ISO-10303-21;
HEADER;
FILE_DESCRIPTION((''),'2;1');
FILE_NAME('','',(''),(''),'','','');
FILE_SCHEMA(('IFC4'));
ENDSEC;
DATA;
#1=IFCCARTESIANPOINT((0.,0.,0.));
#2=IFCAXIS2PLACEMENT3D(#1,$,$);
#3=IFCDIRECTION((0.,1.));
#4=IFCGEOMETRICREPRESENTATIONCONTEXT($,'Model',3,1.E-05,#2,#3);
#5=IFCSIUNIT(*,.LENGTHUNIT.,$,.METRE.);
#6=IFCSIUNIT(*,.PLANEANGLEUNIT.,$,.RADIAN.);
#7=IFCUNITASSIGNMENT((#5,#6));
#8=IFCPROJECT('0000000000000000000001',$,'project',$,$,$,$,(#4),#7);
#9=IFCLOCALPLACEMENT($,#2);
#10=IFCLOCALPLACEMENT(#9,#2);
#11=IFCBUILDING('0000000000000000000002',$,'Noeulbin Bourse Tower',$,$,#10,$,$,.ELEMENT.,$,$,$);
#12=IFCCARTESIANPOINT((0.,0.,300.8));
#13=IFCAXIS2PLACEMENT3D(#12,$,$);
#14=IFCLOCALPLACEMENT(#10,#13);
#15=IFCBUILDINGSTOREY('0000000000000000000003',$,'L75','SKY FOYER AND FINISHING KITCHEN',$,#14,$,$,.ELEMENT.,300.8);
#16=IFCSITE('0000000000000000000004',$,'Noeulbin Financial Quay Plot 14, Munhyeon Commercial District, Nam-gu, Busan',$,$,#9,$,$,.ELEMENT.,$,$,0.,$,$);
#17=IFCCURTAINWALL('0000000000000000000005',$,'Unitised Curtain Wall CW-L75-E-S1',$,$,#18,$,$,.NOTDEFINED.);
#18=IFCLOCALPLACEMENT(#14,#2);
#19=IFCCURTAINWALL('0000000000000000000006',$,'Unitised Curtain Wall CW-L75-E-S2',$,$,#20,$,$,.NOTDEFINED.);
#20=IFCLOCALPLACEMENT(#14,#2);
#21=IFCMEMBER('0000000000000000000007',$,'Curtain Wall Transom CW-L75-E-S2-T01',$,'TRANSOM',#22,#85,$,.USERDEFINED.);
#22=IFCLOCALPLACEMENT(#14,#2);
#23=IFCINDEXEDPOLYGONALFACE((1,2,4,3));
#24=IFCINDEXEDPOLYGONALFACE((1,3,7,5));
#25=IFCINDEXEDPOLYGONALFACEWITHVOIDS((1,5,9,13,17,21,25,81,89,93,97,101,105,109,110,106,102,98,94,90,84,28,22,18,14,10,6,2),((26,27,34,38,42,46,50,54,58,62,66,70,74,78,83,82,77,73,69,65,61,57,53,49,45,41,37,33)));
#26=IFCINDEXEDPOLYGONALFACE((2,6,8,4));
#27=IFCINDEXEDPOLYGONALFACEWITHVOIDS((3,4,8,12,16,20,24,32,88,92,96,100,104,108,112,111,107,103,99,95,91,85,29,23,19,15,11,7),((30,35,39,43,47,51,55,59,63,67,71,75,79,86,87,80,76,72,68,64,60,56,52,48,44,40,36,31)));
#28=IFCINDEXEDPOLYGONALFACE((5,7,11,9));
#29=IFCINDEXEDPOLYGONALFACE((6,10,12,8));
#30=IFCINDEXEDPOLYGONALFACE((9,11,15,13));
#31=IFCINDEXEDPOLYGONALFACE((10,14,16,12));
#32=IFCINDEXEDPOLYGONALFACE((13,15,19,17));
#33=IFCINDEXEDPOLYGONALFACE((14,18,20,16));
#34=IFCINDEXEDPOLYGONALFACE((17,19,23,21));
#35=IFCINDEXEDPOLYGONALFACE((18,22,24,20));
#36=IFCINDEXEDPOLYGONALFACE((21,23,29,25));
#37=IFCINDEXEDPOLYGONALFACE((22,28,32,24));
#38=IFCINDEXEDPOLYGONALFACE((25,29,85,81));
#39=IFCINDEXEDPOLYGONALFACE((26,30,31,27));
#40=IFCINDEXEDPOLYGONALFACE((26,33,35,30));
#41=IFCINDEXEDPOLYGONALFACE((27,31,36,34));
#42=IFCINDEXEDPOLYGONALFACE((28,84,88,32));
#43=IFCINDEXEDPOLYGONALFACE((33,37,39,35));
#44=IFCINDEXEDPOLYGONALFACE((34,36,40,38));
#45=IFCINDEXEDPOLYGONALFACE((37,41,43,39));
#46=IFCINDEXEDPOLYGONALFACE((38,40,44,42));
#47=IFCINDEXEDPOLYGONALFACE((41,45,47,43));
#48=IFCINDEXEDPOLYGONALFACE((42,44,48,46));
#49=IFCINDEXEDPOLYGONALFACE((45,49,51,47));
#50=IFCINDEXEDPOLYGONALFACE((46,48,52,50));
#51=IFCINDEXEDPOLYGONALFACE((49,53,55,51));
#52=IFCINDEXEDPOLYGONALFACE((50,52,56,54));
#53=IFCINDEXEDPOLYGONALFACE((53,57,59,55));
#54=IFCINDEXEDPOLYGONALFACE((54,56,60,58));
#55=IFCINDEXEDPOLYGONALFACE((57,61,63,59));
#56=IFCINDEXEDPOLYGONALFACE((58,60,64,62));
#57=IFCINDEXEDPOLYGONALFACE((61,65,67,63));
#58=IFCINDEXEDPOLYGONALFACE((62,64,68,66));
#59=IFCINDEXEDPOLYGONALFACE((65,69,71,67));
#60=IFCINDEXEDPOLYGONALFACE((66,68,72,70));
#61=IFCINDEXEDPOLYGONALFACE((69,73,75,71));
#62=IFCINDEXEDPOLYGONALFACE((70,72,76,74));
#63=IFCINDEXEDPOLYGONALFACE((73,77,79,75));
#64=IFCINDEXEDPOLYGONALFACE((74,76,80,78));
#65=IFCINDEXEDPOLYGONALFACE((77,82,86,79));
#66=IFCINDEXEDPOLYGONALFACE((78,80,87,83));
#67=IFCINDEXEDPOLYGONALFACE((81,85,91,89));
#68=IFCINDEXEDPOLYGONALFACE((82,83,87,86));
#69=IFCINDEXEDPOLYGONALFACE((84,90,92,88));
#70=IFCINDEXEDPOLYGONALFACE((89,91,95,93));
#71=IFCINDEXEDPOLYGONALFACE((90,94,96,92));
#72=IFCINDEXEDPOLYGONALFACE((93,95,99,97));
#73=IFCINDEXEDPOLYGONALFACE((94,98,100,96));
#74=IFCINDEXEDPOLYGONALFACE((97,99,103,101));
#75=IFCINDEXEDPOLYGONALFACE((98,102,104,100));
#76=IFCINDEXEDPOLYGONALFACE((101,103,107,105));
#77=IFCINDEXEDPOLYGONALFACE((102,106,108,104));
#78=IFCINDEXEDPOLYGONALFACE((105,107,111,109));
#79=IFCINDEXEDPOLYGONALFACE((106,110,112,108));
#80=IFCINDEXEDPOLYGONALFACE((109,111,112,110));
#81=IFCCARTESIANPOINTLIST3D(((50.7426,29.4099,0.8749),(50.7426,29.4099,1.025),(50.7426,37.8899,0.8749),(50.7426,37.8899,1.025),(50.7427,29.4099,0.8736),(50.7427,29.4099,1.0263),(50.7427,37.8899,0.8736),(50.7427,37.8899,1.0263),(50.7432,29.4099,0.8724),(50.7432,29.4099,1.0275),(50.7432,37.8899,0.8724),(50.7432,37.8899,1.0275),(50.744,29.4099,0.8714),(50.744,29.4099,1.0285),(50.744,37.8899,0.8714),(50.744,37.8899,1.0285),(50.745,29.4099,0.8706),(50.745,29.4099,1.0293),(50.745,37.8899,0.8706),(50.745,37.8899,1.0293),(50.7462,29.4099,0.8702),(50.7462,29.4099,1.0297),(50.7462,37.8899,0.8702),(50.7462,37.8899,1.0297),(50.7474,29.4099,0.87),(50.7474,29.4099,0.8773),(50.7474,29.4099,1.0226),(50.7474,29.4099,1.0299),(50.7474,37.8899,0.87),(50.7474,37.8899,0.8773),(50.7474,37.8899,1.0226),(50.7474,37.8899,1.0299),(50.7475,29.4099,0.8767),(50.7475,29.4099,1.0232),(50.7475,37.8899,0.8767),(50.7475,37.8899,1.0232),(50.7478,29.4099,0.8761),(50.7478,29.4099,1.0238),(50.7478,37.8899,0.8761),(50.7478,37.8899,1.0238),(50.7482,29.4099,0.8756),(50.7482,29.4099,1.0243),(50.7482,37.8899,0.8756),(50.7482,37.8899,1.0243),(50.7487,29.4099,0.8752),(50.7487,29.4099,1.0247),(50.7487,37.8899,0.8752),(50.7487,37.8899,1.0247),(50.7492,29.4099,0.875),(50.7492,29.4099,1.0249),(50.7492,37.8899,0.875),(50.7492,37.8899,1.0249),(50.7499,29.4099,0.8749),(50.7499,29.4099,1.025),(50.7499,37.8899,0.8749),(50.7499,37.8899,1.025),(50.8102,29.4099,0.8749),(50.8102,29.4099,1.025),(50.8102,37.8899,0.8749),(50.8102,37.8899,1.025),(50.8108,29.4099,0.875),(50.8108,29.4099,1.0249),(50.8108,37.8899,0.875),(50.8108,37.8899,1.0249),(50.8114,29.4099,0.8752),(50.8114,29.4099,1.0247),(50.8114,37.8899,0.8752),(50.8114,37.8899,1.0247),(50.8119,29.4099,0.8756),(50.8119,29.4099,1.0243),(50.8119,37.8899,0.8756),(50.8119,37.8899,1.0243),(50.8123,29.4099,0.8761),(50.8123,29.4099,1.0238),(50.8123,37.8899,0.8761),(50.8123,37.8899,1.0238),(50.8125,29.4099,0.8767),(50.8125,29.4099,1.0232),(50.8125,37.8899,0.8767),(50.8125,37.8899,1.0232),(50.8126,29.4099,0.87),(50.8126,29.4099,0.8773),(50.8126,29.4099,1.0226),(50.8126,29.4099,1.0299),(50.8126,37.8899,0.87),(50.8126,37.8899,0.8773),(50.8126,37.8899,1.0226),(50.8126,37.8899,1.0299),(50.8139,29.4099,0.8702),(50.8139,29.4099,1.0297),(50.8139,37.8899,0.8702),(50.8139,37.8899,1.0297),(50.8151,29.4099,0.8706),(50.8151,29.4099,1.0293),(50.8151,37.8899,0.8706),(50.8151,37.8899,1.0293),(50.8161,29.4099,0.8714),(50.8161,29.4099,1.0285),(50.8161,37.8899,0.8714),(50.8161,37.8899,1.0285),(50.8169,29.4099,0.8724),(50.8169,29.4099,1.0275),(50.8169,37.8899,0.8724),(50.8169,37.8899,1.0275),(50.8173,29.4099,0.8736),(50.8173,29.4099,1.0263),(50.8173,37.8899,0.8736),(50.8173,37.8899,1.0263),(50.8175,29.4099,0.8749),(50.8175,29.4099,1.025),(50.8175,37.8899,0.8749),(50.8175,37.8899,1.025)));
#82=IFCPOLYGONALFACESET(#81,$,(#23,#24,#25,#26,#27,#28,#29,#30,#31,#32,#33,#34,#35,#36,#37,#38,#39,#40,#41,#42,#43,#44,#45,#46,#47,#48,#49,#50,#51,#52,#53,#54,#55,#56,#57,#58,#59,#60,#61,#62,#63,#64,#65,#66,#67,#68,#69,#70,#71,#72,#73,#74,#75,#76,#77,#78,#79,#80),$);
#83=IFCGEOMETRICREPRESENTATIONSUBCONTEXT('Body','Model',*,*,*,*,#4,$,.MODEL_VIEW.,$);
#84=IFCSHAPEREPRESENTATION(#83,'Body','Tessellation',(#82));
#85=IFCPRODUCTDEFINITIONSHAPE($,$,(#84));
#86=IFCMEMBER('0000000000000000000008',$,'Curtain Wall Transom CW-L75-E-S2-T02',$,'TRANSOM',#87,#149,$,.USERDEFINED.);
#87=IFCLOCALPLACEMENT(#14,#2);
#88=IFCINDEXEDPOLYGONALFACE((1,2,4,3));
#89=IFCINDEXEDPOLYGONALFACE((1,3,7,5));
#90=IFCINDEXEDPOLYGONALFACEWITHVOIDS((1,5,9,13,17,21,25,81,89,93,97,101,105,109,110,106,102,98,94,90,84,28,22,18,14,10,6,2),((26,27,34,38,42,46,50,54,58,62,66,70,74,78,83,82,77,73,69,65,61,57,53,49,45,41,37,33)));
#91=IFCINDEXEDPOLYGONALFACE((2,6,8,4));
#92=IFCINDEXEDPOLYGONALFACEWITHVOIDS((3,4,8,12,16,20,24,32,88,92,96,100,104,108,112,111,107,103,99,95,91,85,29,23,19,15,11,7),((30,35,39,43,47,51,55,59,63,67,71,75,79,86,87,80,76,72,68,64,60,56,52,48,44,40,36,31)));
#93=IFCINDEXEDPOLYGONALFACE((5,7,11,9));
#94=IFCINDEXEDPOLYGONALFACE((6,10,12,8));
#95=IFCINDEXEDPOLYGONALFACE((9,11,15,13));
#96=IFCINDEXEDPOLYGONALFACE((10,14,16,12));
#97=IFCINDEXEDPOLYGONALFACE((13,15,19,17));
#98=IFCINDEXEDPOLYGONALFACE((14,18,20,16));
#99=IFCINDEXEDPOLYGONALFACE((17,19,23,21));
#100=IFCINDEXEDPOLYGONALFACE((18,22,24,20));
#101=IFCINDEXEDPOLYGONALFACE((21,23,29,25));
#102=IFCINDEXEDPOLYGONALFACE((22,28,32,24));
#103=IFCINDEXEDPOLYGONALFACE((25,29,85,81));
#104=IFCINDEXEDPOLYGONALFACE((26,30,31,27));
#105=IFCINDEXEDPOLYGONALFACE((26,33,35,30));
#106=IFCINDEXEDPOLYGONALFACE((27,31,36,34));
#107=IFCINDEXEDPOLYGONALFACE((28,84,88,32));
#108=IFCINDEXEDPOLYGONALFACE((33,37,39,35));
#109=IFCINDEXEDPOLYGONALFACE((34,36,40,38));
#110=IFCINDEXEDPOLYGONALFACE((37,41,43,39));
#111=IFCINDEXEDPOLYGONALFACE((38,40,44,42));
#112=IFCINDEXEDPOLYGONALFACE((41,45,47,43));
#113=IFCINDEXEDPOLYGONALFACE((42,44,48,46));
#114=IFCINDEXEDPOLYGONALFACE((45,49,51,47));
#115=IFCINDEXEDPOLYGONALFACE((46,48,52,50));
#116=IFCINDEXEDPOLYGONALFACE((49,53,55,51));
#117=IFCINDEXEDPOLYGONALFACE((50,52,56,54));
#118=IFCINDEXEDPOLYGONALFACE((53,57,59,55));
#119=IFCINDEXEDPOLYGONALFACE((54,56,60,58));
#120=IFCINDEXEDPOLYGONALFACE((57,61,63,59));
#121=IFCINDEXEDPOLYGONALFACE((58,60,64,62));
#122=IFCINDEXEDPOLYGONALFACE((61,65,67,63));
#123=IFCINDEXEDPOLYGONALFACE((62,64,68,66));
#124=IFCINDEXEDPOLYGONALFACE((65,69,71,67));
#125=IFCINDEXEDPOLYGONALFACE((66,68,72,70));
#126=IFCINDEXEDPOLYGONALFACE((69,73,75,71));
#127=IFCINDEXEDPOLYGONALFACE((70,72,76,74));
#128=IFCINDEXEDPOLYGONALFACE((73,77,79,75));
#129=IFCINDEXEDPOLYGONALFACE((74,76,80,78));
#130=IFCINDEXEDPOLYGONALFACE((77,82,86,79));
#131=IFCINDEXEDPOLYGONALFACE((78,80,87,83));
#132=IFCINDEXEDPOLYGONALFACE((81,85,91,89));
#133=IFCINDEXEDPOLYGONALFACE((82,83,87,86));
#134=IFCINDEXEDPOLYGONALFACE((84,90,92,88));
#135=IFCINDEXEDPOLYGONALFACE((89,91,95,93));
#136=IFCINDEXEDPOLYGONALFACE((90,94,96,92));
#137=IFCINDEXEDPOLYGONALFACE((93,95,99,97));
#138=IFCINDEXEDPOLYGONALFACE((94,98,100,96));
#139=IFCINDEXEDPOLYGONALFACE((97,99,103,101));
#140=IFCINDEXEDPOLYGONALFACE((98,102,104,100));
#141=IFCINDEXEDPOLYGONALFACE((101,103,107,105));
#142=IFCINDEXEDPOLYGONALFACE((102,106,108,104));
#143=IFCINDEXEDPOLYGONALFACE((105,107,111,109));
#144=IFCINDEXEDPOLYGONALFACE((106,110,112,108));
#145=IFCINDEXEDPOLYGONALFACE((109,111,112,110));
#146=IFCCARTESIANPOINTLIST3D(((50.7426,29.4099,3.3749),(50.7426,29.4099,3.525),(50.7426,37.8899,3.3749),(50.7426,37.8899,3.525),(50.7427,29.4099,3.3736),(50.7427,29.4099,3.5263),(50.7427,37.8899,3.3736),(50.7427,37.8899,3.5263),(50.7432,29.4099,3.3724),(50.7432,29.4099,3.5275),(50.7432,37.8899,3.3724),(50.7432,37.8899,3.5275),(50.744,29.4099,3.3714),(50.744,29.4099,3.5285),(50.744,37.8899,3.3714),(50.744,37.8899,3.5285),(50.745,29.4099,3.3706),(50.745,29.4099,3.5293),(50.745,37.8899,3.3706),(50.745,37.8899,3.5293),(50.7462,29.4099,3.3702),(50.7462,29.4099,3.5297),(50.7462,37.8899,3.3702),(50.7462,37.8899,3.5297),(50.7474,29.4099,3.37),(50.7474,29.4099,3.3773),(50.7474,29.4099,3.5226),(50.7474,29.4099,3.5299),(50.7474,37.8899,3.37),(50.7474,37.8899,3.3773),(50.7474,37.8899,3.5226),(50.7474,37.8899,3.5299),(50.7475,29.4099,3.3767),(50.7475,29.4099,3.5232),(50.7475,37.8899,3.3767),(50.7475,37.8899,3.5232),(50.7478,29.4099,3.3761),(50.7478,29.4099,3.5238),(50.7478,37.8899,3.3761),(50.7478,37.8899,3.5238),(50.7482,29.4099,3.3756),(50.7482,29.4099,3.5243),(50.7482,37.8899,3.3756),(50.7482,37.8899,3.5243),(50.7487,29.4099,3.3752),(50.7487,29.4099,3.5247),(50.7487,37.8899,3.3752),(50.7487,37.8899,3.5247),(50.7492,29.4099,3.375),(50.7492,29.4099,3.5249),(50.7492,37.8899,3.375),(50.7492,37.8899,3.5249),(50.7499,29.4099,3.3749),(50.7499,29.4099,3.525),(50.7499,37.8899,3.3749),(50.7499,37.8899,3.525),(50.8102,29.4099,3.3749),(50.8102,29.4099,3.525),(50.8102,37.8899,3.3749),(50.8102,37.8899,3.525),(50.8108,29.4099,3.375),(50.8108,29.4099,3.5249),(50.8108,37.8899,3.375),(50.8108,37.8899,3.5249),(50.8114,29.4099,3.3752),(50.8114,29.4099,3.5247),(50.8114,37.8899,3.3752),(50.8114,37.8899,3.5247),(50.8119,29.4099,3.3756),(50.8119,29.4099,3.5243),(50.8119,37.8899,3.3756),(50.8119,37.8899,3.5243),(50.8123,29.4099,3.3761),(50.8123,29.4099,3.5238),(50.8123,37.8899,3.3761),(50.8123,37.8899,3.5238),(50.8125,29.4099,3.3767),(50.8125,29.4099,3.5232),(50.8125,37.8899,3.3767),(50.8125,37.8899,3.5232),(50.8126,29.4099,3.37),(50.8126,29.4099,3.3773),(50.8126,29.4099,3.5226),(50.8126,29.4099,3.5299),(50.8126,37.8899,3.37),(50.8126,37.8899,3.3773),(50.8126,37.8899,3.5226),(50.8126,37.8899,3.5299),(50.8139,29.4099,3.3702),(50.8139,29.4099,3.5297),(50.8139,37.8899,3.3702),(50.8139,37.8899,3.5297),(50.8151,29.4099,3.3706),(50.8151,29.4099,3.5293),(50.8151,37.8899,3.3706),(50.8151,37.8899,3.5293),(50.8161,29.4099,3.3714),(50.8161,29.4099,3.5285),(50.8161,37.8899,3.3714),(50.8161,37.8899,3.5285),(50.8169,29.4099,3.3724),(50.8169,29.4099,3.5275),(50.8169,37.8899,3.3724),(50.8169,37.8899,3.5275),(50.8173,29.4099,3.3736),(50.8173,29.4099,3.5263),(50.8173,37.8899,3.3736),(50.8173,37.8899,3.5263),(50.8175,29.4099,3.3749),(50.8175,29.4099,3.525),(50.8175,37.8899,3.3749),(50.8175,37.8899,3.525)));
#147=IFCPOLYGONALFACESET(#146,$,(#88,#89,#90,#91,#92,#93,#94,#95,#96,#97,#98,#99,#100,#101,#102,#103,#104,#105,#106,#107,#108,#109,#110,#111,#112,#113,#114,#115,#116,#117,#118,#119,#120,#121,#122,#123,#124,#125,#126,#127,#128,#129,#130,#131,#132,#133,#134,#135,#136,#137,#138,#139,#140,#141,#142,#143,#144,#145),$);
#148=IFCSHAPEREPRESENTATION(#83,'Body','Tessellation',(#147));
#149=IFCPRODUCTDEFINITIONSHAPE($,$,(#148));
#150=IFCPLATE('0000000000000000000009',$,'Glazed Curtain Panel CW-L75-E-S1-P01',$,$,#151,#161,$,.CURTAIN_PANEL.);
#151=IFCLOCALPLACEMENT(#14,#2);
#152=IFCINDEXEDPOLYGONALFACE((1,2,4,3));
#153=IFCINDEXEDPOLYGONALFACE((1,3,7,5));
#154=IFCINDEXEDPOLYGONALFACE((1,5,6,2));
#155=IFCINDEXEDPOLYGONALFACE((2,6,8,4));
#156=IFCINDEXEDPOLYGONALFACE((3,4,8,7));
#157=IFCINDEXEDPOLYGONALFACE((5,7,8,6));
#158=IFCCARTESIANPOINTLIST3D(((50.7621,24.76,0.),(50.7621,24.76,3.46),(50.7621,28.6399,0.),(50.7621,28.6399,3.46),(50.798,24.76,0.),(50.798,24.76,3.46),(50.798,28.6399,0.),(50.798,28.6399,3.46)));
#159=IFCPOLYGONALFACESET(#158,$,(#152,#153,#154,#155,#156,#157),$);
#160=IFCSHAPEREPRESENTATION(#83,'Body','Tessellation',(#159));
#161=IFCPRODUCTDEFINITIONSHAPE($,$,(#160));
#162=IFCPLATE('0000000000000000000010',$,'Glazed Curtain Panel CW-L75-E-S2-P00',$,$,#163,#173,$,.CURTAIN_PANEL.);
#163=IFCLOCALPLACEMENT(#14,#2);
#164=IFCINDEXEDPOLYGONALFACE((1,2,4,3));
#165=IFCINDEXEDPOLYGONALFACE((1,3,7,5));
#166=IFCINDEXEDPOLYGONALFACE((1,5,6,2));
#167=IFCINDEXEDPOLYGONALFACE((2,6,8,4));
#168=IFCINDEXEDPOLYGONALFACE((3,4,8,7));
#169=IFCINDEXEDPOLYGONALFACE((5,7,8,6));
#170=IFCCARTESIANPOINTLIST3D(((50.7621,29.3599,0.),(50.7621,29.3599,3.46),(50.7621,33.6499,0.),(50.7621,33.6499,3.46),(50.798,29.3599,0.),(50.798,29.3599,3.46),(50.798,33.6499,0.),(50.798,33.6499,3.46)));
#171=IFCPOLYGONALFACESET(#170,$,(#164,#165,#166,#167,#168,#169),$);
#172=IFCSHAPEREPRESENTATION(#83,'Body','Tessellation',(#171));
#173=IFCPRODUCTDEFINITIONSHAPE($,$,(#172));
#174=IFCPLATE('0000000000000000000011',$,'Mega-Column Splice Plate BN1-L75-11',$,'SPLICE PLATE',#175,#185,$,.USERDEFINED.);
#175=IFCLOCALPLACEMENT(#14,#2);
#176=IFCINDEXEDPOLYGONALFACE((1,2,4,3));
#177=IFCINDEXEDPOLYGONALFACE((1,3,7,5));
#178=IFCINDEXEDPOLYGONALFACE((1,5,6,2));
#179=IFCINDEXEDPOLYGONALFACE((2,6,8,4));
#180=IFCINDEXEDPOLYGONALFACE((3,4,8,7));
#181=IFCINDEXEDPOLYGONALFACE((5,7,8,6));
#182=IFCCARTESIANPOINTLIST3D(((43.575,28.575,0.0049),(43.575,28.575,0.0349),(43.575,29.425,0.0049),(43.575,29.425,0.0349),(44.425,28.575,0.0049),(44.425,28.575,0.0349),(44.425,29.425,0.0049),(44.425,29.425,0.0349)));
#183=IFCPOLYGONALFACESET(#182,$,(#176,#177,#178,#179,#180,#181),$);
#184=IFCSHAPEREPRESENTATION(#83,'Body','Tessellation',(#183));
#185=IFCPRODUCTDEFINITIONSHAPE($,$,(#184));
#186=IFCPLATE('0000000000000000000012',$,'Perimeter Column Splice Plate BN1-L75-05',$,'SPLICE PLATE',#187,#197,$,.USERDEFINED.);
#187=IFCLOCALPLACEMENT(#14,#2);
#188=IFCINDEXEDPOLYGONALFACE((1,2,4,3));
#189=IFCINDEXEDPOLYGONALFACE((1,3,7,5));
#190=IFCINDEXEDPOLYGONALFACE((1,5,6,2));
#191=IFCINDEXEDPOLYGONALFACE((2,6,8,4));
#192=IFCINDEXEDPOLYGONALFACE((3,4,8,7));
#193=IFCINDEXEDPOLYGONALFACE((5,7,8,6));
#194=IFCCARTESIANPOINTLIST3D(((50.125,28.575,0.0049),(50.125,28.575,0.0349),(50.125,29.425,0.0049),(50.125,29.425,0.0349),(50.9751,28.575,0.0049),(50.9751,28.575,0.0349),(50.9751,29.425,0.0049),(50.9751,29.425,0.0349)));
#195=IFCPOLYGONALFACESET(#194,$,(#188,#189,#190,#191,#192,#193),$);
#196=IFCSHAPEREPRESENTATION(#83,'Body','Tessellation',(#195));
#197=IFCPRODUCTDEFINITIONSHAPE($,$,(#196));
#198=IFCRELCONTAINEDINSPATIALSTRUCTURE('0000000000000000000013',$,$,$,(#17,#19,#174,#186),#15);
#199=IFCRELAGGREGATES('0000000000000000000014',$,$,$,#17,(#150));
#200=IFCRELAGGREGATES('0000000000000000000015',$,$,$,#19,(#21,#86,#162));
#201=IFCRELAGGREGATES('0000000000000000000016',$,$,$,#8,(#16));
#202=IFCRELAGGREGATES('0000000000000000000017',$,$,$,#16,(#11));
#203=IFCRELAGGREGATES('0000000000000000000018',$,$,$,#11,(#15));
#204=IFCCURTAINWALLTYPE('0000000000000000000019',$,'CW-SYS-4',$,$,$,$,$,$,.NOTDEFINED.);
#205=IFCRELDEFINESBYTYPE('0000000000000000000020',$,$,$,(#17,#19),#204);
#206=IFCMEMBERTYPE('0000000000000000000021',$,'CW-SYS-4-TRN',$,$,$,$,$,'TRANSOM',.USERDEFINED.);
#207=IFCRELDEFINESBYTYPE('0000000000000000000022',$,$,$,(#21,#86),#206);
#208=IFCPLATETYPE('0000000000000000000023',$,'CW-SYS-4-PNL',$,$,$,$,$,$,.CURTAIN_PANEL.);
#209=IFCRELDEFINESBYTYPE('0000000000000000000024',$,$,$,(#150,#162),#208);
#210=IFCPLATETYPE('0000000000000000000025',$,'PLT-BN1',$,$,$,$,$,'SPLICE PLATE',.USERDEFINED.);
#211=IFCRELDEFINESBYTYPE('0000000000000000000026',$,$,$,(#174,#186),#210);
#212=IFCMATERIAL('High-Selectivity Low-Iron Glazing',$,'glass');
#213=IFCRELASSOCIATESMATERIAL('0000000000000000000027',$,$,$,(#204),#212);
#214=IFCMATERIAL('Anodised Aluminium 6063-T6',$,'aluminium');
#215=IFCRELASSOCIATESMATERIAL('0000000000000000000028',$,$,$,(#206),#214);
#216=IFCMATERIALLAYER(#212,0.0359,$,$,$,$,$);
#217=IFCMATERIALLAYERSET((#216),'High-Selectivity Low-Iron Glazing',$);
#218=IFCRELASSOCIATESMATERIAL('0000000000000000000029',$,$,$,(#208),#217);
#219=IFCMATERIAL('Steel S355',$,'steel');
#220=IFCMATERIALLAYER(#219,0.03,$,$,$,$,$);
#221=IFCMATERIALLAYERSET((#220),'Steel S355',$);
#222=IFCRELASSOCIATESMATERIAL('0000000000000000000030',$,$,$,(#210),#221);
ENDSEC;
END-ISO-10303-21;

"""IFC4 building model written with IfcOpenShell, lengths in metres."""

from ifc_helpers import new_model, si_unit, direction, frame, origin, origin_2d, place, context, subcontext, project, spatial, rectangle, hollow_rectangle, extrude, material, layer, layer_set, material_profile, profile_set, type_object, element, aggregate, save


model = new_model("IFC4")

# Units and contexts
model_context = context("Model", 3, precision=1e-05, world=origin(), true_north=direction((0.0, 1.0)))
body_context = subcontext(model_context, "Body", "Model", "MODEL_VIEW")
ifc_project = project(units=[si_unit("LENGTHUNIT", "METRE"), si_unit("PLANEANGLEUNIT", "RADIAN")], contexts=[model_context])

# Site, building, storey
site_placement = place(None, origin())
site = spatial("IfcSite", under=ifc_project, at=site_placement, Name="Noeulbin Financial Quay Plot 14, Munhyeon Commercial District, Nam-gu, Busan", CompositionType="ELEMENT", RefElevation=0.0)
building_placement = place(site_placement, origin())
building = spatial("IfcBuilding", under=site, at=building_placement, Name="Noeulbin Bourse Tower", CompositionType="ELEMENT")
storey_placement = place(building_placement, frame((0.0, 0.0, 300.8)))
storey = spatial("IfcBuildingStorey", under=building, at=storey_placement, Name="L75", Description="SKY FOYER AND FINISHING KITCHEN", CompositionType="ELEMENT", Elevation=300.8)

# Shared definitions
ifc_material_1 = material(Name="Steel S355", Category="steel")

# Curtain walls, members
ifc_material_2 = material(Name="High-Selectivity Low-Iron Glazing", Category="glass")
curtain_wall_type = type_object("IfcCurtainWallType", Name="CW-SYS-4", PredefinedType="NOTDEFINED", material=ifc_material_2)
curtain_wall_1_placement = place(storey_placement, origin())
curtain_wall_1 = element("IfcCurtainWall", 1, at=curtain_wall_1_placement, inside=storey, type_object=curtain_wall_type, Name="Unitised Curtain Wall CW-L75-E-S1", PredefinedType="NOTDEFINED")
ifc_material_3 = material(Name="Anodised Aluminium 6063-T6", Category="aluminium")
curtain_wall_2_placement = place(storey_placement, origin())
curtain_wall_2 = element("IfcCurtainWall", 2, at=curtain_wall_2_placement, inside=storey, type_object=curtain_wall_type, Name="Unitised Curtain Wall CW-L75-E-S2", PredefinedType="NOTDEFINED")
ifc_material_profile_1 = material_profile(ifc_material_3, hollow_rectangle(XDim=0.075, YDim=0.1599, WallThickness=0.0049, InnerFilletRadius=0.0024, OuterFilletRadius=0.0049, at=origin_2d()), Name="ALU-TRAN-75x160x5", Category="LoadBearing")
ifc_profile_set_1 = profile_set([ifc_material_profile_1], Name="Anodised Aluminium 6063-T6")
member_type_1 = type_object("IfcMemberType", Name="CW-SYS-4-TRN", ElementType="TRANSOM", PredefinedType="USERDEFINED", material=ifc_profile_set_1)
member_1_placement = place(storey_placement, frame((50.78, 29.4099, 0.95), z_axis=(0.0, 1.0, 0.0), x_axis=(-1.0, 0.0, 0.0)))
member_1 = element("IfcMember", 3, at=member_1_placement, type_object=member_type_1, Name="Curtain Wall Transom CW-L75-E-S2-T01", ObjectType="TRANSOM", PredefinedType="USERDEFINED", context=body_context, shape_type="SweptSolid", body=[
    extrude(hollow_rectangle(XDim=0.075, YDim=0.1599, WallThickness=0.0049, InnerFilletRadius=0.0024, OuterFilletRadius=0.0049, at=origin_2d()), origin(), (0.0, 0.0, 1.0), 8.48),
])
member_2_placement = place(storey_placement, frame((50.78, 29.4099, 3.45), z_axis=(0.0, 1.0, 0.0), x_axis=(-1.0, 0.0, 0.0)))
member_2 = element("IfcMember", 4, at=member_2_placement, type_object=member_type_1, Name="Curtain Wall Transom CW-L75-E-S2-T02", ObjectType="TRANSOM", PredefinedType="USERDEFINED", context=body_context, shape_type="SweptSolid", body=[
    extrude(hollow_rectangle(XDim=0.075, YDim=0.1599, WallThickness=0.0049, InnerFilletRadius=0.0024, OuterFilletRadius=0.0049, at=origin_2d()), origin(), (0.0, 0.0, 1.0), 8.48),
])

# Plates
ifc_layer_1 = layer(ifc_material_2, 0.0359)
ifc_layer_set_1 = layer_set([ifc_layer_1], Name="High-Selectivity Low-Iron Glazing")
plate_type_1 = type_object("IfcPlateType", Name="CW-SYS-4-PNL", PredefinedType="CURTAIN_PANEL", material=ifc_layer_set_1)
plate_1_placement = place(storey_placement, frame((50.78, 26.7, 0.0), z_axis=(0.0, 0.0, 1.0), x_axis=(0.0, 1.0, 0.0)))
plate_1 = element("IfcPlate", 5, at=plate_1_placement, type_object=plate_type_1, Name="Glazed Curtain Panel CW-L75-E-S1-P01", PredefinedType="CURTAIN_PANEL", context=body_context, shape_type="SweptSolid", body=[
    extrude(rectangle(XDim=3.8799, YDim=0.0359, at=origin_2d()), origin(), (0.0, 0.0, 1.0), 3.46),
])
aggregate(curtain_wall_1, [plate_1])
plate_2_placement = place(storey_placement, frame((50.78, 31.5049, 0.0), z_axis=(0.0, 0.0, 1.0), x_axis=(0.0, 1.0, 0.0)))
plate_2 = element("IfcPlate", 6, at=plate_2_placement, type_object=plate_type_1, Name="Glazed Curtain Panel CW-L75-E-S2-P00", PredefinedType="CURTAIN_PANEL", context=body_context, shape_type="SweptSolid", body=[
    extrude(rectangle(XDim=4.29, YDim=0.0359, at=origin_2d()), origin(), (0.0, 0.0, 1.0), 3.46),
])
aggregate(curtain_wall_2, [member_1, member_2, plate_2])

# Plates
ifc_layer_2 = layer(ifc_material_1, 0.03)
ifc_layer_set_2 = layer_set([ifc_layer_2], Name="Steel S355")
plate_type_2 = type_object("IfcPlateType", Name="PLT-BN1", ElementType="SPLICE PLATE", PredefinedType="USERDEFINED", material=ifc_layer_set_2)
for number, where, z_axis, x_axis, name in (
    (7, (44.0, 29.0, 0.0049), (0.0, 0.0, 1.0), (1.0, 0.0, 0.0), "Mega-Column Splice Plate BN1-L75-11"),
    (8, (50.55, 29.0, 0.0049), (0.0, 0.0, 1.0), (1.0, 0.0, 0.0), "Perimeter Column Splice Plate BN1-L75-05"),
):
    element("IfcPlate", number, at=place(storey_placement, frame(where, z_axis=z_axis, x_axis=x_axis)), inside=storey, type_object=plate_type_2, Name=name, ObjectType="SPLICE PLATE", PredefinedType="USERDEFINED", context=body_context, shape_type="SweptSolid", body=[
        extrude(rectangle(XDim=0.8501, YDim=0.8501, at=origin_2d()), origin(), (0.0, 0.0, 1.0), 0.03),
    ])

save(model, "model.ifc")
